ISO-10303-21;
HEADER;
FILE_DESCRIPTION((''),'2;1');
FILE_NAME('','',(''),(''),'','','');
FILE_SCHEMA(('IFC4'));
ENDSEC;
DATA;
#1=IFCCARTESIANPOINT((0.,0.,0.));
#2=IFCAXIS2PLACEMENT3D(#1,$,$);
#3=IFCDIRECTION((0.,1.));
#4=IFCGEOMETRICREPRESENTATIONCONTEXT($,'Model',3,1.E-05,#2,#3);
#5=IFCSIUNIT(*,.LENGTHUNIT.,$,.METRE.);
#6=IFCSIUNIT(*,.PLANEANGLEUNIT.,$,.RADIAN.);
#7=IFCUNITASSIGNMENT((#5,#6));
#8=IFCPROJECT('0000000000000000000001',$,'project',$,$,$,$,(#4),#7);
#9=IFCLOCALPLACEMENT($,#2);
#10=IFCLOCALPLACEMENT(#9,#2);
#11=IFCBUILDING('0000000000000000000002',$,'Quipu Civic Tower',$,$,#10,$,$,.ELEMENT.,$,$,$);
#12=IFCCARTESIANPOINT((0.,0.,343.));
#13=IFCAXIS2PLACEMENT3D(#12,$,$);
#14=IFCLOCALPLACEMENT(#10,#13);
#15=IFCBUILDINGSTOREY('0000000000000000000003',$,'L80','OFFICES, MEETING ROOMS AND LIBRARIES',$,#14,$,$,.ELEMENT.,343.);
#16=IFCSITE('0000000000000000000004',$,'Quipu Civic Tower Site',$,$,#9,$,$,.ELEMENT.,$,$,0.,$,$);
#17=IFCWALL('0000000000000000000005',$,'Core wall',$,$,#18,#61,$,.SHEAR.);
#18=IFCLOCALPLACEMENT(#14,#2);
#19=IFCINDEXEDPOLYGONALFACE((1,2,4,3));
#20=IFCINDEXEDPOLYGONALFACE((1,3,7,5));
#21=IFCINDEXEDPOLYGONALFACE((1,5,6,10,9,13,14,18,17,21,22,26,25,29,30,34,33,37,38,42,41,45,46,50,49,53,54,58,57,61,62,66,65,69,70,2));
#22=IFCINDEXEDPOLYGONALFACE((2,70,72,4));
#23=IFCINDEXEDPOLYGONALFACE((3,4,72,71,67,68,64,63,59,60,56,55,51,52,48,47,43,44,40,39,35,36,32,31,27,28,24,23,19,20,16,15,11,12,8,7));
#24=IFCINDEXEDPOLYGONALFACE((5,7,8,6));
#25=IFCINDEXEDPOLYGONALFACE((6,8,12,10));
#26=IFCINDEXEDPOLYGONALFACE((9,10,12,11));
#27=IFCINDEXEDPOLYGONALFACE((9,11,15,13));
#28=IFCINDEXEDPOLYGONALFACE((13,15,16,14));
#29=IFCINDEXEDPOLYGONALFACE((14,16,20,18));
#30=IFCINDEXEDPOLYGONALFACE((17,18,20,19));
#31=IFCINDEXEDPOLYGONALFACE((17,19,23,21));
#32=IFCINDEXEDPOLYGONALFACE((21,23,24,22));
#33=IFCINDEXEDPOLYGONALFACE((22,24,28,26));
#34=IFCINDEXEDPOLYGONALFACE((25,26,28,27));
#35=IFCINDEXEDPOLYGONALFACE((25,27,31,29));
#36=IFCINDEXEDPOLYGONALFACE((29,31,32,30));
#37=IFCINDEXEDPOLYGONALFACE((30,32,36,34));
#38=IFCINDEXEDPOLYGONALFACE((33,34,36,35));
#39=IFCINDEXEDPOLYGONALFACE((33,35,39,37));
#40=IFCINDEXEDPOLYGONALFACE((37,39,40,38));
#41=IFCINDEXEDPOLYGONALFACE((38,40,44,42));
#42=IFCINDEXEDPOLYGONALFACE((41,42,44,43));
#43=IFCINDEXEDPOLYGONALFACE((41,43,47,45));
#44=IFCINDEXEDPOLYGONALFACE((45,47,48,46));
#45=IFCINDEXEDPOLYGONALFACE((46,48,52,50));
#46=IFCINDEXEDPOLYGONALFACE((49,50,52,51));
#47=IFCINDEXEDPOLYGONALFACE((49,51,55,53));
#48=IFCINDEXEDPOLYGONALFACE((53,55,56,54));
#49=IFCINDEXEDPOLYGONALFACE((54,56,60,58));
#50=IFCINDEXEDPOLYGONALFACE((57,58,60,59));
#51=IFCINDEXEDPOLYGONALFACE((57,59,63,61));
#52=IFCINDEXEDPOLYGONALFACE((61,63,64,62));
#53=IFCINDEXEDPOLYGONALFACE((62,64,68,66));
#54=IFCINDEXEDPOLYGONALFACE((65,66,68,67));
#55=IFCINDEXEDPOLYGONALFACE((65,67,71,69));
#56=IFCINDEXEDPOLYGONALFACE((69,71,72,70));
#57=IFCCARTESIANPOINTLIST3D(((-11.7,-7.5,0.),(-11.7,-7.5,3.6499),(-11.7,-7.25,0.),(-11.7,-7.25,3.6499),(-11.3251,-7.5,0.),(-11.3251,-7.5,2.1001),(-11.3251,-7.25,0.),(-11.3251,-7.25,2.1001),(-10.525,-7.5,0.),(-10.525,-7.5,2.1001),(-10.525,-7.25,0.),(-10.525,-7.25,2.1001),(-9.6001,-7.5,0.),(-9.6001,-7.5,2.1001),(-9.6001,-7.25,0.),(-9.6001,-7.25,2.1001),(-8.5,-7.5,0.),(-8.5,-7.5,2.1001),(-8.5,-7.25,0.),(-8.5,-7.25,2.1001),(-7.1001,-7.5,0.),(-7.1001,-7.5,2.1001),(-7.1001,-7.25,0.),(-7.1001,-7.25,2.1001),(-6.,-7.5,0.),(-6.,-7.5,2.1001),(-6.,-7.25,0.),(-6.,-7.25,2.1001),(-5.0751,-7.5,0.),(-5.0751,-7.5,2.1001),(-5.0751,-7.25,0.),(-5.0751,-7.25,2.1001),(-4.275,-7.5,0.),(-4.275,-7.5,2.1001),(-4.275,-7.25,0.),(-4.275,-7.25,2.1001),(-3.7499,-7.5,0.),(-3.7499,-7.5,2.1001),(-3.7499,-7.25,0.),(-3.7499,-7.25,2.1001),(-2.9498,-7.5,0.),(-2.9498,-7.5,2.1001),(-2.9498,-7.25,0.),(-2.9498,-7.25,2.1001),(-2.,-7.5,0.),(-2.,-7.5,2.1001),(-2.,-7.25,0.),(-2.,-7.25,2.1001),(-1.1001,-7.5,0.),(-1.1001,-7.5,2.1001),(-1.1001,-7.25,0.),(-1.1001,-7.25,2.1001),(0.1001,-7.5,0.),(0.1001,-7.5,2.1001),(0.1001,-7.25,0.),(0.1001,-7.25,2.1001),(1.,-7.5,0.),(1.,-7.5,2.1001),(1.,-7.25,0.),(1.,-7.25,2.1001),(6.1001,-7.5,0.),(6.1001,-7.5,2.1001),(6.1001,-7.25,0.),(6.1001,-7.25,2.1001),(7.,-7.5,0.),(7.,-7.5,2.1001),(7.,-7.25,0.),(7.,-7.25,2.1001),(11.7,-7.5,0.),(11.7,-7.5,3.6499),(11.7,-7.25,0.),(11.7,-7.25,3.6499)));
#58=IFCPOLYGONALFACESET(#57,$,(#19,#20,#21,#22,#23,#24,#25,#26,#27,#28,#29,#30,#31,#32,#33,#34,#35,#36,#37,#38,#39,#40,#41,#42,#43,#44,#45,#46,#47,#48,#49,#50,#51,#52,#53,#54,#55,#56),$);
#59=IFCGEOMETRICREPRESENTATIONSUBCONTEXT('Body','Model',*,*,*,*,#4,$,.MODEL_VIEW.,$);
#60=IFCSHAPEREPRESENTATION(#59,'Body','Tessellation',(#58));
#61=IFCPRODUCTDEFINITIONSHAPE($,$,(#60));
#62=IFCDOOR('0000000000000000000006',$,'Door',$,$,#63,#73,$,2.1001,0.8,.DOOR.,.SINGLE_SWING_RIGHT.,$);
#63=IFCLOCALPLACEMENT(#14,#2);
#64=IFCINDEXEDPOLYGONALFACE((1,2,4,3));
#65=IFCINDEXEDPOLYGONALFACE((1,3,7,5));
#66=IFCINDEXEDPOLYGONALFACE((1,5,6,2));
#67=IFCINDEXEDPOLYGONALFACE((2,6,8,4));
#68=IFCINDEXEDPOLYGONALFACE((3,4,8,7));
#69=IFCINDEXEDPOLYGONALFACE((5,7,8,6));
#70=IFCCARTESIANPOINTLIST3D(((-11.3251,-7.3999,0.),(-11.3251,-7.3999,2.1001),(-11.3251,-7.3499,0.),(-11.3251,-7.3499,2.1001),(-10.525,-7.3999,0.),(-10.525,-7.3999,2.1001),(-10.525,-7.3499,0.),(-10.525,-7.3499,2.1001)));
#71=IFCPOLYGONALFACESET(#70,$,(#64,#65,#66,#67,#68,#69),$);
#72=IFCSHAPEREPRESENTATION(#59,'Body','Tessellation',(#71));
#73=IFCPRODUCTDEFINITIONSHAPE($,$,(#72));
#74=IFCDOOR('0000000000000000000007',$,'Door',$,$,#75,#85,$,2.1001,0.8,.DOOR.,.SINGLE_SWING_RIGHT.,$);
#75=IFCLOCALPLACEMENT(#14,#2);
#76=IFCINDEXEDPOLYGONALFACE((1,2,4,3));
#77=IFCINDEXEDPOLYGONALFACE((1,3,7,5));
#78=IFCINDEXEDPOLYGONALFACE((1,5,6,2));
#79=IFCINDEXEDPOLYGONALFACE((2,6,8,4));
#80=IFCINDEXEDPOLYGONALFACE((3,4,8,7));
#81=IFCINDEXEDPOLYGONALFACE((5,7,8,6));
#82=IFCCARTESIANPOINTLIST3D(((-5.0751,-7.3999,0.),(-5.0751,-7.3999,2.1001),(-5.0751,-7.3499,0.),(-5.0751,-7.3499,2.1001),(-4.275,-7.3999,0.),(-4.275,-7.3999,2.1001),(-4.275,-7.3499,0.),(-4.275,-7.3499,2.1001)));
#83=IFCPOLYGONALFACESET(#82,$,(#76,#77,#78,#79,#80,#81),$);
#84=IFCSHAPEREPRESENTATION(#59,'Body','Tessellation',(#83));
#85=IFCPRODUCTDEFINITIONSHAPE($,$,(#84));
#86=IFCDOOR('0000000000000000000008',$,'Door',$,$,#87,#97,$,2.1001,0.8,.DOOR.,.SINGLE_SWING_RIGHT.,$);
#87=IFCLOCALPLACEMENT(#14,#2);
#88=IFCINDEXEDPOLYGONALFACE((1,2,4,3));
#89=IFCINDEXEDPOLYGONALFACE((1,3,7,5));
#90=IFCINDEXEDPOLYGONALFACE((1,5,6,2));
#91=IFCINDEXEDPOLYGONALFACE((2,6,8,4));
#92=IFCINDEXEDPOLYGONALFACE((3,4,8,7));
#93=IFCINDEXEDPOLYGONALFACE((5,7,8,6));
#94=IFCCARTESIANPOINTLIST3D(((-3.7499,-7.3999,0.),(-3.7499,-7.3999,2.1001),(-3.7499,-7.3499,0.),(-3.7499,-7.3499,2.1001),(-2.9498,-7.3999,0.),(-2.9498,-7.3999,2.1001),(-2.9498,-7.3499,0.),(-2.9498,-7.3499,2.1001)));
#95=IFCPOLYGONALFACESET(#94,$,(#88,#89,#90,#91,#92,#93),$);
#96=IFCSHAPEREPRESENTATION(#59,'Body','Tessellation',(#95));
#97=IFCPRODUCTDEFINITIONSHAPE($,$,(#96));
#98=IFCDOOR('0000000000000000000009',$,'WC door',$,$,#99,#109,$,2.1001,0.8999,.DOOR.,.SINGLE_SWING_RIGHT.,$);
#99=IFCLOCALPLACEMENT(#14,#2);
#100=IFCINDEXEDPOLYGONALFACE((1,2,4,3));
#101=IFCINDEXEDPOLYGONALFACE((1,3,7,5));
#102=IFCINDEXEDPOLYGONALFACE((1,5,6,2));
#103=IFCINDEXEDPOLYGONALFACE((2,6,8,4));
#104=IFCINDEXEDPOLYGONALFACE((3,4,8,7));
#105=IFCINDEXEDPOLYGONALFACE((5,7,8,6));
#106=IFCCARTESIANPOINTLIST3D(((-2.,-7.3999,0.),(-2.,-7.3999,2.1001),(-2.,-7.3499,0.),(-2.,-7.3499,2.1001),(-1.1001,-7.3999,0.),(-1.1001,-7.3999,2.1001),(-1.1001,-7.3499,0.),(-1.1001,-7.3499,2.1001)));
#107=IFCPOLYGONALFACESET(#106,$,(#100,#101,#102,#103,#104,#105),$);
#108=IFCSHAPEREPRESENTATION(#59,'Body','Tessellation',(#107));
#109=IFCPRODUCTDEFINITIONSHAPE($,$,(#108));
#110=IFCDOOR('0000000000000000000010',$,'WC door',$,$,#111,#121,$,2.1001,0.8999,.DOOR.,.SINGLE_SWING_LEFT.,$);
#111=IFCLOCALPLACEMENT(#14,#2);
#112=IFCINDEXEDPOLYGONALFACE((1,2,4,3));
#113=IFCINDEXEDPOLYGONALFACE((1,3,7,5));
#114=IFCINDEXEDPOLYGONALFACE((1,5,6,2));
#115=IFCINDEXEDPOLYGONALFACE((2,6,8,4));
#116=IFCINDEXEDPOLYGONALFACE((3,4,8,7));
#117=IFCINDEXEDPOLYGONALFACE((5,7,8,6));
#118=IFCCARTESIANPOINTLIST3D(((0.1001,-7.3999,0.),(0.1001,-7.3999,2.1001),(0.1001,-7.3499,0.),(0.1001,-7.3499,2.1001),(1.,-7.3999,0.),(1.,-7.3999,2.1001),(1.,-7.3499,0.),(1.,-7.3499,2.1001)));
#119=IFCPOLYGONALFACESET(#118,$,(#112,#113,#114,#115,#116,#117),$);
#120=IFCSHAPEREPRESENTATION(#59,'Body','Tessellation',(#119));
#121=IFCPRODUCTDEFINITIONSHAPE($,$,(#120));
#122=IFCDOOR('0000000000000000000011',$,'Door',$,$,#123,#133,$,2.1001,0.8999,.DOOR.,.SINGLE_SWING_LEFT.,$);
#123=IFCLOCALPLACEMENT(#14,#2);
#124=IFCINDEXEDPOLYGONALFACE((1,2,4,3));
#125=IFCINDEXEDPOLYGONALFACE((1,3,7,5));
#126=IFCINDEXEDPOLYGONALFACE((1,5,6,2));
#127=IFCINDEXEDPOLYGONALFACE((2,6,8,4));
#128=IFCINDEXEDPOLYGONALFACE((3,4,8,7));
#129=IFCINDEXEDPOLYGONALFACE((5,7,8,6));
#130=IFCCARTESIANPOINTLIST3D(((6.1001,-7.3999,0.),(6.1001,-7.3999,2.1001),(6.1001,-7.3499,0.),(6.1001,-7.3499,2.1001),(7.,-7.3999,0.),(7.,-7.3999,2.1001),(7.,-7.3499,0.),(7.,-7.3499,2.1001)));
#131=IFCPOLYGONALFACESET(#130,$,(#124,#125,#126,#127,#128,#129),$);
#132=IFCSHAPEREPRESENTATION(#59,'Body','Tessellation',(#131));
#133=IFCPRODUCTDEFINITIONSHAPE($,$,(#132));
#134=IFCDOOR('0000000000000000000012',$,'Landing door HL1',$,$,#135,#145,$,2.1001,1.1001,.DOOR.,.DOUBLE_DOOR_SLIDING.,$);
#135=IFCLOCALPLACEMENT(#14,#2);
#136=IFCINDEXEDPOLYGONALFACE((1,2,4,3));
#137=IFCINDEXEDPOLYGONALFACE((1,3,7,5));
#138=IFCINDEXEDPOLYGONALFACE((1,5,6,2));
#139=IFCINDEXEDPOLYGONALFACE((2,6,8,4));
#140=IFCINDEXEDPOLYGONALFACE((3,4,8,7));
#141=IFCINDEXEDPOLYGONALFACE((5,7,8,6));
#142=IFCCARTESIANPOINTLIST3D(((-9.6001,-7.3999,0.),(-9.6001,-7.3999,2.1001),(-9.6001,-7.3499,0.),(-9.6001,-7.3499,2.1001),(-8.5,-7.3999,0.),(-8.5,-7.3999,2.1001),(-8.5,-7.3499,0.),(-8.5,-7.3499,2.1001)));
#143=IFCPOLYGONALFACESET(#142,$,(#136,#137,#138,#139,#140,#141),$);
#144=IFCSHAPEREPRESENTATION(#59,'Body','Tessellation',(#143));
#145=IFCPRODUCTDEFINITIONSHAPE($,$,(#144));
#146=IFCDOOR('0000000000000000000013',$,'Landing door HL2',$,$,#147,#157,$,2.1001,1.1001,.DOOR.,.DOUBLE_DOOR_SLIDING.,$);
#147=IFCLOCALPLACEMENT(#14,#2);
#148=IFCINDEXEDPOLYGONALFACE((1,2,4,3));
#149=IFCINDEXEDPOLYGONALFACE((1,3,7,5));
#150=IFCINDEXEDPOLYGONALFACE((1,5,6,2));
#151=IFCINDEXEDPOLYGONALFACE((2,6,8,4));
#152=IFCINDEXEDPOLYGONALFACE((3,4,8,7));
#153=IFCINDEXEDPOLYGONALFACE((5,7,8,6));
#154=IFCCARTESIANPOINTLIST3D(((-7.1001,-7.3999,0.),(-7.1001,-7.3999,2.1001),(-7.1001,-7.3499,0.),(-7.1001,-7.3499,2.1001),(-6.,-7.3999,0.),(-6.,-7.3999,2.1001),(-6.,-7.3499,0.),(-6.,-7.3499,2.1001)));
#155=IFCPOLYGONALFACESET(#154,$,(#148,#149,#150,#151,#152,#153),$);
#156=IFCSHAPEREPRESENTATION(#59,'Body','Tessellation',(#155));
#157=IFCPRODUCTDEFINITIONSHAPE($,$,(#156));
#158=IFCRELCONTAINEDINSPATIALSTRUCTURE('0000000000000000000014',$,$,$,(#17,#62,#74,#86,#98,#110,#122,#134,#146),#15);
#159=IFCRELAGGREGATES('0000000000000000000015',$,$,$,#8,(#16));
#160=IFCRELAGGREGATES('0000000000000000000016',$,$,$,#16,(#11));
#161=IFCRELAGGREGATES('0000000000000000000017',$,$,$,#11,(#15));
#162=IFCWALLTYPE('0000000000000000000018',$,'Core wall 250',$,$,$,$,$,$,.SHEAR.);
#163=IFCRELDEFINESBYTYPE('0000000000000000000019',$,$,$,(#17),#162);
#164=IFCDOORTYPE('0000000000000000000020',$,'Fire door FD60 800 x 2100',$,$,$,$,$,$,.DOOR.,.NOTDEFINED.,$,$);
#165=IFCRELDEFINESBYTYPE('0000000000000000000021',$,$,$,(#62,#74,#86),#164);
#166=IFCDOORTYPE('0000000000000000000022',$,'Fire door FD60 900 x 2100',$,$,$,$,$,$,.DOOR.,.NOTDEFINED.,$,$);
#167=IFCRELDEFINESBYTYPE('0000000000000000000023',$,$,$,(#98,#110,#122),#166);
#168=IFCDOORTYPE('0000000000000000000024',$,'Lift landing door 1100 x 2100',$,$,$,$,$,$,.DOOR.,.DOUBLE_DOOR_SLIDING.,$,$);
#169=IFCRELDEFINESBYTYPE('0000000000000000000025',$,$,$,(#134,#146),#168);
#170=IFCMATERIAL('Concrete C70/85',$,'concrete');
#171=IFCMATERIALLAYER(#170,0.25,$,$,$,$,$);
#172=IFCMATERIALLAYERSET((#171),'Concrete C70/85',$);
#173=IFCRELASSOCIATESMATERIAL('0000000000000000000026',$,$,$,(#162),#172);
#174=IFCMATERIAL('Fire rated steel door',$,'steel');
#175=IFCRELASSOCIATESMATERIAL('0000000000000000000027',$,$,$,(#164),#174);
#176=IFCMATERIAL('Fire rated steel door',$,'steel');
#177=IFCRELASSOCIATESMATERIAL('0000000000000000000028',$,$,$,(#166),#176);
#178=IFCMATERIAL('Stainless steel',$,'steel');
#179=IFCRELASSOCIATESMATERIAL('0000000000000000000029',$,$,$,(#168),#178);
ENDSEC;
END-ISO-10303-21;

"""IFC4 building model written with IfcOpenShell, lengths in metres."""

from ifc_helpers import new_model, si_unit, direction, frame, frame_2d, origin, place, context, subcontext, project, spatial, rectangle, extrude, material, layer, layer_set, type_object, element, fill, save


model = new_model("IFC4")

# Units and contexts
model_context = context("Model", 3, precision=1e-05, world=origin(), true_north=direction((0.0, 1.0)))
body_context = subcontext(model_context, "Body", "Model", "MODEL_VIEW")
ifc_project = project(units=[si_unit("LENGTHUNIT", "METRE"), si_unit("PLANEANGLEUNIT", "RADIAN")], contexts=[model_context])

# Site, building, storey
site_placement = place(None, origin())
site = spatial("IfcSite", under=ifc_project, at=site_placement, Name="Quipu Civic Tower Site", CompositionType="ELEMENT", RefElevation=0.0)
building_placement = place(site_placement, origin())
building = spatial("IfcBuilding", under=site, at=building_placement, Name="Quipu Civic Tower", CompositionType="ELEMENT")
storey_placement = place(building_placement, frame((0.0, 0.0, 343.0)))
storey = spatial("IfcBuildingStorey", under=building, at=storey_placement, Name="L80", Description="OFFICES, MEETING ROOMS AND LIBRARIES", CompositionType="ELEMENT", Elevation=343.0)

# Shared definitions
ifc_material_1 = material(Name="Concrete C70/85", Category="concrete")
ifc_layer_1 = layer(ifc_material_1, 0.25)
ifc_layer_set_1 = layer_set([ifc_layer_1], Name="Concrete C70/85")
wall_type_1 = type_object("IfcWallType", Name="Core wall 250", PredefinedType="SHEAR", material=ifc_layer_set_1)

# Wall, openings, doors
wall_1_placement = place(storey_placement, frame((11.7, -7.375, 0.0), z_axis=(0.0, 0.0, 1.0), x_axis=(-1.0, 0.0, 0.0)))
wall_1 = element("IfcWall", 1, at=wall_1_placement, inside=storey, type_object=wall_type_1, Name="Core wall", PredefinedType="SHEAR", context=body_context, shape_type="SweptSolid", body=[
    extrude(rectangle(XDim=23.3999, YDim=0.25, at=frame_2d((11.7, 0.0))), origin(), (0.0, 0.0, 1.0), 3.6499),
])
opening_1_placement = place(wall_1_placement, frame((22.2251, 0.0, 0.0)))
opening_1 = element("IfcOpeningElement", 2, at=opening_1_placement, cuts=wall_1, PredefinedType="OPENING", context=body_context, shape_type="SweptSolid", body=[
    extrude(rectangle(XDim=0.8, YDim=2.1001, at=frame_2d((0.3999, 1.05))), frame((0.0, 0.135, 0.0), z_axis=(0.0, -1.0, 0.0), x_axis=(1.0, 0.0, 0.0)), (0.0, 0.0, 1.0), 0.27),
])
opening_2_placement = place(wall_1_placement, frame((20.2, 0.0, 0.0)))
opening_2 = element("IfcOpeningElement", 3, at=opening_2_placement, cuts=wall_1, PredefinedType="OPENING", context=body_context, shape_type="SweptSolid", body=[
    extrude(rectangle(XDim=1.1001, YDim=2.1001, at=frame_2d((0.55, 1.05))), frame((0.0, 0.135, 0.0), z_axis=(0.0, -1.0, 0.0), x_axis=(1.0, 0.0, 0.0)), (0.0, 0.0, 1.0), 0.27),
])
opening_3_placement = place(wall_1_placement, frame((17.7, 0.0, 0.0)))
opening_3 = element("IfcOpeningElement", 4, at=opening_3_placement, cuts=wall_1, PredefinedType="OPENING", context=body_context, shape_type="SweptSolid", body=[
    extrude(rectangle(XDim=1.1001, YDim=2.1001, at=frame_2d((0.55, 1.05))), frame((0.0, 0.135, 0.0), z_axis=(0.0, -1.0, 0.0), x_axis=(1.0, 0.0, 0.0)), (0.0, 0.0, 1.0), 0.27),
])
opening_4_placement = place(wall_1_placement, frame((15.9751, 0.0, 0.0)))
opening_4 = element("IfcOpeningElement", 5, at=opening_4_placement, cuts=wall_1, PredefinedType="OPENING", context=body_context, shape_type="SweptSolid", body=[
    extrude(rectangle(XDim=0.8, YDim=2.1001, at=frame_2d((0.3999, 1.05))), frame((0.0, 0.135, 0.0), z_axis=(0.0, -1.0, 0.0), x_axis=(1.0, 0.0, 0.0)), (0.0, 0.0, 1.0), 0.27),
])
opening_5_placement = place(wall_1_placement, frame((14.6499, 0.0, 0.0)))
opening_5 = element("IfcOpeningElement", 6, at=opening_5_placement, cuts=wall_1, PredefinedType="OPENING", context=body_context, shape_type="SweptSolid", body=[
    extrude(rectangle(XDim=0.8, YDim=2.1001, at=frame_2d((0.3999, 1.05))), frame((0.0, 0.135, 0.0), z_axis=(0.0, -1.0, 0.0), x_axis=(1.0, 0.0, 0.0)), (0.0, 0.0, 1.0), 0.27),
])
opening_6_placement = place(wall_1_placement, frame((12.8, 0.0, 0.0)))
opening_6 = element("IfcOpeningElement", 7, at=opening_6_placement, cuts=wall_1, PredefinedType="OPENING", context=body_context, shape_type="SweptSolid", body=[
    extrude(rectangle(XDim=0.8999, YDim=2.1001, at=frame_2d((0.45, 1.05))), frame((0.0, 0.135, 0.0), z_axis=(0.0, -1.0, 0.0), x_axis=(1.0, 0.0, 0.0)), (0.0, 0.0, 1.0), 0.27),
])
opening_7_placement = place(wall_1_placement, frame((10.7, 0.0, 0.0)))
opening_7 = element("IfcOpeningElement", 8, at=opening_7_placement, cuts=wall_1, PredefinedType="OPENING", context=body_context, shape_type="SweptSolid", body=[
    extrude(rectangle(XDim=0.8999, YDim=2.1001, at=frame_2d((0.45, 1.05))), frame((0.0, 0.135, 0.0), z_axis=(0.0, -1.0, 0.0), x_axis=(1.0, 0.0, 0.0)), (0.0, 0.0, 1.0), 0.27),
])
opening_8_placement = place(wall_1_placement, frame((4.7, 0.0, 0.0)))
opening_8 = element("IfcOpeningElement", 9, at=opening_8_placement, cuts=wall_1, PredefinedType="OPENING", context=body_context, shape_type="SweptSolid", body=[
    extrude(rectangle(XDim=0.8999, YDim=2.1001, at=frame_2d((0.45, 1.05))), frame((0.0, 0.135, 0.0), z_axis=(0.0, -1.0, 0.0), x_axis=(1.0, 0.0, 0.0)), (0.0, 0.0, 1.0), 0.27),
])
ifc_material_2 = material(Name="Fire rated steel door", Category="steel")
door_type_1 = type_object("IfcDoorType", Name="Fire door FD60 800 x 2100", OperationType="NOTDEFINED", PredefinedType="DOOR", material=ifc_material_2)
door_1_placement = place(opening_1_placement, origin())
door_1 = element("IfcDoor", 10, at=door_1_placement, inside=storey, type_object=door_type_1, Name="Door", OperationType="SINGLE_SWING_RIGHT", OverallHeight=2.1001, OverallWidth=0.8, PredefinedType="DOOR", context=body_context, shape_type="SweptSolid", body=[
    extrude(rectangle(XDim=0.8, YDim=2.1001, at=frame_2d((0.3999, 1.05))), frame((0.0, 0.0249, 0.0), z_axis=(0.0, -1.0, 0.0), x_axis=(1.0, 0.0, 0.0)), (0.0, 0.0, 1.0), 0.05),
])
fill(opening_1, door_1)
door_2_placement = place(opening_4_placement, origin())
door_2 = element("IfcDoor", 11, at=door_2_placement, inside=storey, type_object=door_type_1, Name="Door", OperationType="SINGLE_SWING_RIGHT", OverallHeight=2.1001, OverallWidth=0.8, PredefinedType="DOOR", context=body_context, shape_type="SweptSolid", body=[
    extrude(rectangle(XDim=0.8, YDim=2.1001, at=frame_2d((0.3999, 1.05))), frame((0.0, 0.0249, 0.0), z_axis=(0.0, -1.0, 0.0), x_axis=(1.0, 0.0, 0.0)), (0.0, 0.0, 1.0), 0.05),
])
fill(opening_4, door_2)
door_3_placement = place(opening_5_placement, origin())
door_3 = element("IfcDoor", 12, at=door_3_placement, inside=storey, type_object=door_type_1, Name="Door", OperationType="SINGLE_SWING_RIGHT", OverallHeight=2.1001, OverallWidth=0.8, PredefinedType="DOOR", context=body_context, shape_type="SweptSolid", body=[
    extrude(rectangle(XDim=0.8, YDim=2.1001, at=frame_2d((0.3999, 1.05))), frame((0.0, 0.0249, 0.0), z_axis=(0.0, -1.0, 0.0), x_axis=(1.0, 0.0, 0.0)), (0.0, 0.0, 1.0), 0.05),
])
fill(opening_5, door_3)
ifc_material_3 = material(Name="Fire rated steel door", Category="steel")
door_type_2 = type_object("IfcDoorType", Name="Fire door FD60 900 x 2100", OperationType="NOTDEFINED", PredefinedType="DOOR", material=ifc_material_3)
door_4_placement = place(opening_6_placement, origin())
door_4 = element("IfcDoor", 13, at=door_4_placement, inside=storey, type_object=door_type_2, Name="WC door", OperationType="SINGLE_SWING_RIGHT", OverallHeight=2.1001, OverallWidth=0.8999, PredefinedType="DOOR", context=body_context, shape_type="SweptSolid", body=[
    extrude(rectangle(XDim=0.8999, YDim=2.1001, at=frame_2d((0.45, 1.05))), frame((0.0, 0.0249, 0.0), z_axis=(0.0, -1.0, 0.0), x_axis=(1.0, 0.0, 0.0)), (0.0, 0.0, 1.0), 0.05),
])
fill(opening_6, door_4)
door_5_placement = place(opening_7_placement, origin())
door_5 = element("IfcDoor", 14, at=door_5_placement, inside=storey, type_object=door_type_2, Name="WC door", OperationType="SINGLE_SWING_LEFT", OverallHeight=2.1001, OverallWidth=0.8999, PredefinedType="DOOR", context=body_context, shape_type="SweptSolid", body=[
    extrude(rectangle(XDim=0.8999, YDim=2.1001, at=frame_2d((0.45, 1.05))), frame((0.0, 0.0249, 0.0), z_axis=(0.0, -1.0, 0.0), x_axis=(1.0, 0.0, 0.0)), (0.0, 0.0, 1.0), 0.05),
])
fill(opening_7, door_5)
door_6_placement = place(opening_8_placement, origin())
door_6 = element("IfcDoor", 15, at=door_6_placement, inside=storey, type_object=door_type_2, Name="Door", OperationType="SINGLE_SWING_LEFT", OverallHeight=2.1001, OverallWidth=0.8999, PredefinedType="DOOR", context=body_context, shape_type="SweptSolid", body=[
    extrude(rectangle(XDim=0.8999, YDim=2.1001, at=frame_2d((0.45, 1.05))), frame((0.0, 0.0249, 0.0), z_axis=(0.0, -1.0, 0.0), x_axis=(1.0, 0.0, 0.0)), (0.0, 0.0, 1.0), 0.05),
])
fill(opening_8, door_6)
ifc_material_4 = material(Name="Stainless steel", Category="steel")
door_type_3 = type_object("IfcDoorType", Name="Lift landing door 1100 x 2100", OperationType="DOUBLE_DOOR_SLIDING", PredefinedType="DOOR", material=ifc_material_4)
door_7_placement = place(opening_2_placement, origin())
door_7 = element("IfcDoor", 16, at=door_7_placement, inside=storey, type_object=door_type_3, Name="Landing door HL1", OperationType="DOUBLE_DOOR_SLIDING", OverallHeight=2.1001, OverallWidth=1.1001, PredefinedType="DOOR", context=body_context, shape_type="SweptSolid", body=[
    extrude(rectangle(XDim=1.1001, YDim=2.1001, at=frame_2d((0.55, 1.05))), frame((0.0, 0.0249, 0.0), z_axis=(0.0, -1.0, 0.0), x_axis=(1.0, 0.0, 0.0)), (0.0, 0.0, 1.0), 0.05),
])
fill(opening_2, door_7)
door_8_placement = place(opening_3_placement, origin())
door_8 = element("IfcDoor", 17, at=door_8_placement, inside=storey, type_object=door_type_3, Name="Landing door HL2", OperationType="DOUBLE_DOOR_SLIDING", OverallHeight=2.1001, OverallWidth=1.1001, PredefinedType="DOOR", context=body_context, shape_type="SweptSolid", body=[
    extrude(rectangle(XDim=1.1001, YDim=2.1001, at=frame_2d((0.55, 1.05))), frame((0.0, 0.0249, 0.0), z_axis=(0.0, -1.0, 0.0), x_axis=(1.0, 0.0, 0.0)), (0.0, 0.0, 1.0), 0.05),
])
fill(opening_3, door_8)

save(model, "model.ifc")
